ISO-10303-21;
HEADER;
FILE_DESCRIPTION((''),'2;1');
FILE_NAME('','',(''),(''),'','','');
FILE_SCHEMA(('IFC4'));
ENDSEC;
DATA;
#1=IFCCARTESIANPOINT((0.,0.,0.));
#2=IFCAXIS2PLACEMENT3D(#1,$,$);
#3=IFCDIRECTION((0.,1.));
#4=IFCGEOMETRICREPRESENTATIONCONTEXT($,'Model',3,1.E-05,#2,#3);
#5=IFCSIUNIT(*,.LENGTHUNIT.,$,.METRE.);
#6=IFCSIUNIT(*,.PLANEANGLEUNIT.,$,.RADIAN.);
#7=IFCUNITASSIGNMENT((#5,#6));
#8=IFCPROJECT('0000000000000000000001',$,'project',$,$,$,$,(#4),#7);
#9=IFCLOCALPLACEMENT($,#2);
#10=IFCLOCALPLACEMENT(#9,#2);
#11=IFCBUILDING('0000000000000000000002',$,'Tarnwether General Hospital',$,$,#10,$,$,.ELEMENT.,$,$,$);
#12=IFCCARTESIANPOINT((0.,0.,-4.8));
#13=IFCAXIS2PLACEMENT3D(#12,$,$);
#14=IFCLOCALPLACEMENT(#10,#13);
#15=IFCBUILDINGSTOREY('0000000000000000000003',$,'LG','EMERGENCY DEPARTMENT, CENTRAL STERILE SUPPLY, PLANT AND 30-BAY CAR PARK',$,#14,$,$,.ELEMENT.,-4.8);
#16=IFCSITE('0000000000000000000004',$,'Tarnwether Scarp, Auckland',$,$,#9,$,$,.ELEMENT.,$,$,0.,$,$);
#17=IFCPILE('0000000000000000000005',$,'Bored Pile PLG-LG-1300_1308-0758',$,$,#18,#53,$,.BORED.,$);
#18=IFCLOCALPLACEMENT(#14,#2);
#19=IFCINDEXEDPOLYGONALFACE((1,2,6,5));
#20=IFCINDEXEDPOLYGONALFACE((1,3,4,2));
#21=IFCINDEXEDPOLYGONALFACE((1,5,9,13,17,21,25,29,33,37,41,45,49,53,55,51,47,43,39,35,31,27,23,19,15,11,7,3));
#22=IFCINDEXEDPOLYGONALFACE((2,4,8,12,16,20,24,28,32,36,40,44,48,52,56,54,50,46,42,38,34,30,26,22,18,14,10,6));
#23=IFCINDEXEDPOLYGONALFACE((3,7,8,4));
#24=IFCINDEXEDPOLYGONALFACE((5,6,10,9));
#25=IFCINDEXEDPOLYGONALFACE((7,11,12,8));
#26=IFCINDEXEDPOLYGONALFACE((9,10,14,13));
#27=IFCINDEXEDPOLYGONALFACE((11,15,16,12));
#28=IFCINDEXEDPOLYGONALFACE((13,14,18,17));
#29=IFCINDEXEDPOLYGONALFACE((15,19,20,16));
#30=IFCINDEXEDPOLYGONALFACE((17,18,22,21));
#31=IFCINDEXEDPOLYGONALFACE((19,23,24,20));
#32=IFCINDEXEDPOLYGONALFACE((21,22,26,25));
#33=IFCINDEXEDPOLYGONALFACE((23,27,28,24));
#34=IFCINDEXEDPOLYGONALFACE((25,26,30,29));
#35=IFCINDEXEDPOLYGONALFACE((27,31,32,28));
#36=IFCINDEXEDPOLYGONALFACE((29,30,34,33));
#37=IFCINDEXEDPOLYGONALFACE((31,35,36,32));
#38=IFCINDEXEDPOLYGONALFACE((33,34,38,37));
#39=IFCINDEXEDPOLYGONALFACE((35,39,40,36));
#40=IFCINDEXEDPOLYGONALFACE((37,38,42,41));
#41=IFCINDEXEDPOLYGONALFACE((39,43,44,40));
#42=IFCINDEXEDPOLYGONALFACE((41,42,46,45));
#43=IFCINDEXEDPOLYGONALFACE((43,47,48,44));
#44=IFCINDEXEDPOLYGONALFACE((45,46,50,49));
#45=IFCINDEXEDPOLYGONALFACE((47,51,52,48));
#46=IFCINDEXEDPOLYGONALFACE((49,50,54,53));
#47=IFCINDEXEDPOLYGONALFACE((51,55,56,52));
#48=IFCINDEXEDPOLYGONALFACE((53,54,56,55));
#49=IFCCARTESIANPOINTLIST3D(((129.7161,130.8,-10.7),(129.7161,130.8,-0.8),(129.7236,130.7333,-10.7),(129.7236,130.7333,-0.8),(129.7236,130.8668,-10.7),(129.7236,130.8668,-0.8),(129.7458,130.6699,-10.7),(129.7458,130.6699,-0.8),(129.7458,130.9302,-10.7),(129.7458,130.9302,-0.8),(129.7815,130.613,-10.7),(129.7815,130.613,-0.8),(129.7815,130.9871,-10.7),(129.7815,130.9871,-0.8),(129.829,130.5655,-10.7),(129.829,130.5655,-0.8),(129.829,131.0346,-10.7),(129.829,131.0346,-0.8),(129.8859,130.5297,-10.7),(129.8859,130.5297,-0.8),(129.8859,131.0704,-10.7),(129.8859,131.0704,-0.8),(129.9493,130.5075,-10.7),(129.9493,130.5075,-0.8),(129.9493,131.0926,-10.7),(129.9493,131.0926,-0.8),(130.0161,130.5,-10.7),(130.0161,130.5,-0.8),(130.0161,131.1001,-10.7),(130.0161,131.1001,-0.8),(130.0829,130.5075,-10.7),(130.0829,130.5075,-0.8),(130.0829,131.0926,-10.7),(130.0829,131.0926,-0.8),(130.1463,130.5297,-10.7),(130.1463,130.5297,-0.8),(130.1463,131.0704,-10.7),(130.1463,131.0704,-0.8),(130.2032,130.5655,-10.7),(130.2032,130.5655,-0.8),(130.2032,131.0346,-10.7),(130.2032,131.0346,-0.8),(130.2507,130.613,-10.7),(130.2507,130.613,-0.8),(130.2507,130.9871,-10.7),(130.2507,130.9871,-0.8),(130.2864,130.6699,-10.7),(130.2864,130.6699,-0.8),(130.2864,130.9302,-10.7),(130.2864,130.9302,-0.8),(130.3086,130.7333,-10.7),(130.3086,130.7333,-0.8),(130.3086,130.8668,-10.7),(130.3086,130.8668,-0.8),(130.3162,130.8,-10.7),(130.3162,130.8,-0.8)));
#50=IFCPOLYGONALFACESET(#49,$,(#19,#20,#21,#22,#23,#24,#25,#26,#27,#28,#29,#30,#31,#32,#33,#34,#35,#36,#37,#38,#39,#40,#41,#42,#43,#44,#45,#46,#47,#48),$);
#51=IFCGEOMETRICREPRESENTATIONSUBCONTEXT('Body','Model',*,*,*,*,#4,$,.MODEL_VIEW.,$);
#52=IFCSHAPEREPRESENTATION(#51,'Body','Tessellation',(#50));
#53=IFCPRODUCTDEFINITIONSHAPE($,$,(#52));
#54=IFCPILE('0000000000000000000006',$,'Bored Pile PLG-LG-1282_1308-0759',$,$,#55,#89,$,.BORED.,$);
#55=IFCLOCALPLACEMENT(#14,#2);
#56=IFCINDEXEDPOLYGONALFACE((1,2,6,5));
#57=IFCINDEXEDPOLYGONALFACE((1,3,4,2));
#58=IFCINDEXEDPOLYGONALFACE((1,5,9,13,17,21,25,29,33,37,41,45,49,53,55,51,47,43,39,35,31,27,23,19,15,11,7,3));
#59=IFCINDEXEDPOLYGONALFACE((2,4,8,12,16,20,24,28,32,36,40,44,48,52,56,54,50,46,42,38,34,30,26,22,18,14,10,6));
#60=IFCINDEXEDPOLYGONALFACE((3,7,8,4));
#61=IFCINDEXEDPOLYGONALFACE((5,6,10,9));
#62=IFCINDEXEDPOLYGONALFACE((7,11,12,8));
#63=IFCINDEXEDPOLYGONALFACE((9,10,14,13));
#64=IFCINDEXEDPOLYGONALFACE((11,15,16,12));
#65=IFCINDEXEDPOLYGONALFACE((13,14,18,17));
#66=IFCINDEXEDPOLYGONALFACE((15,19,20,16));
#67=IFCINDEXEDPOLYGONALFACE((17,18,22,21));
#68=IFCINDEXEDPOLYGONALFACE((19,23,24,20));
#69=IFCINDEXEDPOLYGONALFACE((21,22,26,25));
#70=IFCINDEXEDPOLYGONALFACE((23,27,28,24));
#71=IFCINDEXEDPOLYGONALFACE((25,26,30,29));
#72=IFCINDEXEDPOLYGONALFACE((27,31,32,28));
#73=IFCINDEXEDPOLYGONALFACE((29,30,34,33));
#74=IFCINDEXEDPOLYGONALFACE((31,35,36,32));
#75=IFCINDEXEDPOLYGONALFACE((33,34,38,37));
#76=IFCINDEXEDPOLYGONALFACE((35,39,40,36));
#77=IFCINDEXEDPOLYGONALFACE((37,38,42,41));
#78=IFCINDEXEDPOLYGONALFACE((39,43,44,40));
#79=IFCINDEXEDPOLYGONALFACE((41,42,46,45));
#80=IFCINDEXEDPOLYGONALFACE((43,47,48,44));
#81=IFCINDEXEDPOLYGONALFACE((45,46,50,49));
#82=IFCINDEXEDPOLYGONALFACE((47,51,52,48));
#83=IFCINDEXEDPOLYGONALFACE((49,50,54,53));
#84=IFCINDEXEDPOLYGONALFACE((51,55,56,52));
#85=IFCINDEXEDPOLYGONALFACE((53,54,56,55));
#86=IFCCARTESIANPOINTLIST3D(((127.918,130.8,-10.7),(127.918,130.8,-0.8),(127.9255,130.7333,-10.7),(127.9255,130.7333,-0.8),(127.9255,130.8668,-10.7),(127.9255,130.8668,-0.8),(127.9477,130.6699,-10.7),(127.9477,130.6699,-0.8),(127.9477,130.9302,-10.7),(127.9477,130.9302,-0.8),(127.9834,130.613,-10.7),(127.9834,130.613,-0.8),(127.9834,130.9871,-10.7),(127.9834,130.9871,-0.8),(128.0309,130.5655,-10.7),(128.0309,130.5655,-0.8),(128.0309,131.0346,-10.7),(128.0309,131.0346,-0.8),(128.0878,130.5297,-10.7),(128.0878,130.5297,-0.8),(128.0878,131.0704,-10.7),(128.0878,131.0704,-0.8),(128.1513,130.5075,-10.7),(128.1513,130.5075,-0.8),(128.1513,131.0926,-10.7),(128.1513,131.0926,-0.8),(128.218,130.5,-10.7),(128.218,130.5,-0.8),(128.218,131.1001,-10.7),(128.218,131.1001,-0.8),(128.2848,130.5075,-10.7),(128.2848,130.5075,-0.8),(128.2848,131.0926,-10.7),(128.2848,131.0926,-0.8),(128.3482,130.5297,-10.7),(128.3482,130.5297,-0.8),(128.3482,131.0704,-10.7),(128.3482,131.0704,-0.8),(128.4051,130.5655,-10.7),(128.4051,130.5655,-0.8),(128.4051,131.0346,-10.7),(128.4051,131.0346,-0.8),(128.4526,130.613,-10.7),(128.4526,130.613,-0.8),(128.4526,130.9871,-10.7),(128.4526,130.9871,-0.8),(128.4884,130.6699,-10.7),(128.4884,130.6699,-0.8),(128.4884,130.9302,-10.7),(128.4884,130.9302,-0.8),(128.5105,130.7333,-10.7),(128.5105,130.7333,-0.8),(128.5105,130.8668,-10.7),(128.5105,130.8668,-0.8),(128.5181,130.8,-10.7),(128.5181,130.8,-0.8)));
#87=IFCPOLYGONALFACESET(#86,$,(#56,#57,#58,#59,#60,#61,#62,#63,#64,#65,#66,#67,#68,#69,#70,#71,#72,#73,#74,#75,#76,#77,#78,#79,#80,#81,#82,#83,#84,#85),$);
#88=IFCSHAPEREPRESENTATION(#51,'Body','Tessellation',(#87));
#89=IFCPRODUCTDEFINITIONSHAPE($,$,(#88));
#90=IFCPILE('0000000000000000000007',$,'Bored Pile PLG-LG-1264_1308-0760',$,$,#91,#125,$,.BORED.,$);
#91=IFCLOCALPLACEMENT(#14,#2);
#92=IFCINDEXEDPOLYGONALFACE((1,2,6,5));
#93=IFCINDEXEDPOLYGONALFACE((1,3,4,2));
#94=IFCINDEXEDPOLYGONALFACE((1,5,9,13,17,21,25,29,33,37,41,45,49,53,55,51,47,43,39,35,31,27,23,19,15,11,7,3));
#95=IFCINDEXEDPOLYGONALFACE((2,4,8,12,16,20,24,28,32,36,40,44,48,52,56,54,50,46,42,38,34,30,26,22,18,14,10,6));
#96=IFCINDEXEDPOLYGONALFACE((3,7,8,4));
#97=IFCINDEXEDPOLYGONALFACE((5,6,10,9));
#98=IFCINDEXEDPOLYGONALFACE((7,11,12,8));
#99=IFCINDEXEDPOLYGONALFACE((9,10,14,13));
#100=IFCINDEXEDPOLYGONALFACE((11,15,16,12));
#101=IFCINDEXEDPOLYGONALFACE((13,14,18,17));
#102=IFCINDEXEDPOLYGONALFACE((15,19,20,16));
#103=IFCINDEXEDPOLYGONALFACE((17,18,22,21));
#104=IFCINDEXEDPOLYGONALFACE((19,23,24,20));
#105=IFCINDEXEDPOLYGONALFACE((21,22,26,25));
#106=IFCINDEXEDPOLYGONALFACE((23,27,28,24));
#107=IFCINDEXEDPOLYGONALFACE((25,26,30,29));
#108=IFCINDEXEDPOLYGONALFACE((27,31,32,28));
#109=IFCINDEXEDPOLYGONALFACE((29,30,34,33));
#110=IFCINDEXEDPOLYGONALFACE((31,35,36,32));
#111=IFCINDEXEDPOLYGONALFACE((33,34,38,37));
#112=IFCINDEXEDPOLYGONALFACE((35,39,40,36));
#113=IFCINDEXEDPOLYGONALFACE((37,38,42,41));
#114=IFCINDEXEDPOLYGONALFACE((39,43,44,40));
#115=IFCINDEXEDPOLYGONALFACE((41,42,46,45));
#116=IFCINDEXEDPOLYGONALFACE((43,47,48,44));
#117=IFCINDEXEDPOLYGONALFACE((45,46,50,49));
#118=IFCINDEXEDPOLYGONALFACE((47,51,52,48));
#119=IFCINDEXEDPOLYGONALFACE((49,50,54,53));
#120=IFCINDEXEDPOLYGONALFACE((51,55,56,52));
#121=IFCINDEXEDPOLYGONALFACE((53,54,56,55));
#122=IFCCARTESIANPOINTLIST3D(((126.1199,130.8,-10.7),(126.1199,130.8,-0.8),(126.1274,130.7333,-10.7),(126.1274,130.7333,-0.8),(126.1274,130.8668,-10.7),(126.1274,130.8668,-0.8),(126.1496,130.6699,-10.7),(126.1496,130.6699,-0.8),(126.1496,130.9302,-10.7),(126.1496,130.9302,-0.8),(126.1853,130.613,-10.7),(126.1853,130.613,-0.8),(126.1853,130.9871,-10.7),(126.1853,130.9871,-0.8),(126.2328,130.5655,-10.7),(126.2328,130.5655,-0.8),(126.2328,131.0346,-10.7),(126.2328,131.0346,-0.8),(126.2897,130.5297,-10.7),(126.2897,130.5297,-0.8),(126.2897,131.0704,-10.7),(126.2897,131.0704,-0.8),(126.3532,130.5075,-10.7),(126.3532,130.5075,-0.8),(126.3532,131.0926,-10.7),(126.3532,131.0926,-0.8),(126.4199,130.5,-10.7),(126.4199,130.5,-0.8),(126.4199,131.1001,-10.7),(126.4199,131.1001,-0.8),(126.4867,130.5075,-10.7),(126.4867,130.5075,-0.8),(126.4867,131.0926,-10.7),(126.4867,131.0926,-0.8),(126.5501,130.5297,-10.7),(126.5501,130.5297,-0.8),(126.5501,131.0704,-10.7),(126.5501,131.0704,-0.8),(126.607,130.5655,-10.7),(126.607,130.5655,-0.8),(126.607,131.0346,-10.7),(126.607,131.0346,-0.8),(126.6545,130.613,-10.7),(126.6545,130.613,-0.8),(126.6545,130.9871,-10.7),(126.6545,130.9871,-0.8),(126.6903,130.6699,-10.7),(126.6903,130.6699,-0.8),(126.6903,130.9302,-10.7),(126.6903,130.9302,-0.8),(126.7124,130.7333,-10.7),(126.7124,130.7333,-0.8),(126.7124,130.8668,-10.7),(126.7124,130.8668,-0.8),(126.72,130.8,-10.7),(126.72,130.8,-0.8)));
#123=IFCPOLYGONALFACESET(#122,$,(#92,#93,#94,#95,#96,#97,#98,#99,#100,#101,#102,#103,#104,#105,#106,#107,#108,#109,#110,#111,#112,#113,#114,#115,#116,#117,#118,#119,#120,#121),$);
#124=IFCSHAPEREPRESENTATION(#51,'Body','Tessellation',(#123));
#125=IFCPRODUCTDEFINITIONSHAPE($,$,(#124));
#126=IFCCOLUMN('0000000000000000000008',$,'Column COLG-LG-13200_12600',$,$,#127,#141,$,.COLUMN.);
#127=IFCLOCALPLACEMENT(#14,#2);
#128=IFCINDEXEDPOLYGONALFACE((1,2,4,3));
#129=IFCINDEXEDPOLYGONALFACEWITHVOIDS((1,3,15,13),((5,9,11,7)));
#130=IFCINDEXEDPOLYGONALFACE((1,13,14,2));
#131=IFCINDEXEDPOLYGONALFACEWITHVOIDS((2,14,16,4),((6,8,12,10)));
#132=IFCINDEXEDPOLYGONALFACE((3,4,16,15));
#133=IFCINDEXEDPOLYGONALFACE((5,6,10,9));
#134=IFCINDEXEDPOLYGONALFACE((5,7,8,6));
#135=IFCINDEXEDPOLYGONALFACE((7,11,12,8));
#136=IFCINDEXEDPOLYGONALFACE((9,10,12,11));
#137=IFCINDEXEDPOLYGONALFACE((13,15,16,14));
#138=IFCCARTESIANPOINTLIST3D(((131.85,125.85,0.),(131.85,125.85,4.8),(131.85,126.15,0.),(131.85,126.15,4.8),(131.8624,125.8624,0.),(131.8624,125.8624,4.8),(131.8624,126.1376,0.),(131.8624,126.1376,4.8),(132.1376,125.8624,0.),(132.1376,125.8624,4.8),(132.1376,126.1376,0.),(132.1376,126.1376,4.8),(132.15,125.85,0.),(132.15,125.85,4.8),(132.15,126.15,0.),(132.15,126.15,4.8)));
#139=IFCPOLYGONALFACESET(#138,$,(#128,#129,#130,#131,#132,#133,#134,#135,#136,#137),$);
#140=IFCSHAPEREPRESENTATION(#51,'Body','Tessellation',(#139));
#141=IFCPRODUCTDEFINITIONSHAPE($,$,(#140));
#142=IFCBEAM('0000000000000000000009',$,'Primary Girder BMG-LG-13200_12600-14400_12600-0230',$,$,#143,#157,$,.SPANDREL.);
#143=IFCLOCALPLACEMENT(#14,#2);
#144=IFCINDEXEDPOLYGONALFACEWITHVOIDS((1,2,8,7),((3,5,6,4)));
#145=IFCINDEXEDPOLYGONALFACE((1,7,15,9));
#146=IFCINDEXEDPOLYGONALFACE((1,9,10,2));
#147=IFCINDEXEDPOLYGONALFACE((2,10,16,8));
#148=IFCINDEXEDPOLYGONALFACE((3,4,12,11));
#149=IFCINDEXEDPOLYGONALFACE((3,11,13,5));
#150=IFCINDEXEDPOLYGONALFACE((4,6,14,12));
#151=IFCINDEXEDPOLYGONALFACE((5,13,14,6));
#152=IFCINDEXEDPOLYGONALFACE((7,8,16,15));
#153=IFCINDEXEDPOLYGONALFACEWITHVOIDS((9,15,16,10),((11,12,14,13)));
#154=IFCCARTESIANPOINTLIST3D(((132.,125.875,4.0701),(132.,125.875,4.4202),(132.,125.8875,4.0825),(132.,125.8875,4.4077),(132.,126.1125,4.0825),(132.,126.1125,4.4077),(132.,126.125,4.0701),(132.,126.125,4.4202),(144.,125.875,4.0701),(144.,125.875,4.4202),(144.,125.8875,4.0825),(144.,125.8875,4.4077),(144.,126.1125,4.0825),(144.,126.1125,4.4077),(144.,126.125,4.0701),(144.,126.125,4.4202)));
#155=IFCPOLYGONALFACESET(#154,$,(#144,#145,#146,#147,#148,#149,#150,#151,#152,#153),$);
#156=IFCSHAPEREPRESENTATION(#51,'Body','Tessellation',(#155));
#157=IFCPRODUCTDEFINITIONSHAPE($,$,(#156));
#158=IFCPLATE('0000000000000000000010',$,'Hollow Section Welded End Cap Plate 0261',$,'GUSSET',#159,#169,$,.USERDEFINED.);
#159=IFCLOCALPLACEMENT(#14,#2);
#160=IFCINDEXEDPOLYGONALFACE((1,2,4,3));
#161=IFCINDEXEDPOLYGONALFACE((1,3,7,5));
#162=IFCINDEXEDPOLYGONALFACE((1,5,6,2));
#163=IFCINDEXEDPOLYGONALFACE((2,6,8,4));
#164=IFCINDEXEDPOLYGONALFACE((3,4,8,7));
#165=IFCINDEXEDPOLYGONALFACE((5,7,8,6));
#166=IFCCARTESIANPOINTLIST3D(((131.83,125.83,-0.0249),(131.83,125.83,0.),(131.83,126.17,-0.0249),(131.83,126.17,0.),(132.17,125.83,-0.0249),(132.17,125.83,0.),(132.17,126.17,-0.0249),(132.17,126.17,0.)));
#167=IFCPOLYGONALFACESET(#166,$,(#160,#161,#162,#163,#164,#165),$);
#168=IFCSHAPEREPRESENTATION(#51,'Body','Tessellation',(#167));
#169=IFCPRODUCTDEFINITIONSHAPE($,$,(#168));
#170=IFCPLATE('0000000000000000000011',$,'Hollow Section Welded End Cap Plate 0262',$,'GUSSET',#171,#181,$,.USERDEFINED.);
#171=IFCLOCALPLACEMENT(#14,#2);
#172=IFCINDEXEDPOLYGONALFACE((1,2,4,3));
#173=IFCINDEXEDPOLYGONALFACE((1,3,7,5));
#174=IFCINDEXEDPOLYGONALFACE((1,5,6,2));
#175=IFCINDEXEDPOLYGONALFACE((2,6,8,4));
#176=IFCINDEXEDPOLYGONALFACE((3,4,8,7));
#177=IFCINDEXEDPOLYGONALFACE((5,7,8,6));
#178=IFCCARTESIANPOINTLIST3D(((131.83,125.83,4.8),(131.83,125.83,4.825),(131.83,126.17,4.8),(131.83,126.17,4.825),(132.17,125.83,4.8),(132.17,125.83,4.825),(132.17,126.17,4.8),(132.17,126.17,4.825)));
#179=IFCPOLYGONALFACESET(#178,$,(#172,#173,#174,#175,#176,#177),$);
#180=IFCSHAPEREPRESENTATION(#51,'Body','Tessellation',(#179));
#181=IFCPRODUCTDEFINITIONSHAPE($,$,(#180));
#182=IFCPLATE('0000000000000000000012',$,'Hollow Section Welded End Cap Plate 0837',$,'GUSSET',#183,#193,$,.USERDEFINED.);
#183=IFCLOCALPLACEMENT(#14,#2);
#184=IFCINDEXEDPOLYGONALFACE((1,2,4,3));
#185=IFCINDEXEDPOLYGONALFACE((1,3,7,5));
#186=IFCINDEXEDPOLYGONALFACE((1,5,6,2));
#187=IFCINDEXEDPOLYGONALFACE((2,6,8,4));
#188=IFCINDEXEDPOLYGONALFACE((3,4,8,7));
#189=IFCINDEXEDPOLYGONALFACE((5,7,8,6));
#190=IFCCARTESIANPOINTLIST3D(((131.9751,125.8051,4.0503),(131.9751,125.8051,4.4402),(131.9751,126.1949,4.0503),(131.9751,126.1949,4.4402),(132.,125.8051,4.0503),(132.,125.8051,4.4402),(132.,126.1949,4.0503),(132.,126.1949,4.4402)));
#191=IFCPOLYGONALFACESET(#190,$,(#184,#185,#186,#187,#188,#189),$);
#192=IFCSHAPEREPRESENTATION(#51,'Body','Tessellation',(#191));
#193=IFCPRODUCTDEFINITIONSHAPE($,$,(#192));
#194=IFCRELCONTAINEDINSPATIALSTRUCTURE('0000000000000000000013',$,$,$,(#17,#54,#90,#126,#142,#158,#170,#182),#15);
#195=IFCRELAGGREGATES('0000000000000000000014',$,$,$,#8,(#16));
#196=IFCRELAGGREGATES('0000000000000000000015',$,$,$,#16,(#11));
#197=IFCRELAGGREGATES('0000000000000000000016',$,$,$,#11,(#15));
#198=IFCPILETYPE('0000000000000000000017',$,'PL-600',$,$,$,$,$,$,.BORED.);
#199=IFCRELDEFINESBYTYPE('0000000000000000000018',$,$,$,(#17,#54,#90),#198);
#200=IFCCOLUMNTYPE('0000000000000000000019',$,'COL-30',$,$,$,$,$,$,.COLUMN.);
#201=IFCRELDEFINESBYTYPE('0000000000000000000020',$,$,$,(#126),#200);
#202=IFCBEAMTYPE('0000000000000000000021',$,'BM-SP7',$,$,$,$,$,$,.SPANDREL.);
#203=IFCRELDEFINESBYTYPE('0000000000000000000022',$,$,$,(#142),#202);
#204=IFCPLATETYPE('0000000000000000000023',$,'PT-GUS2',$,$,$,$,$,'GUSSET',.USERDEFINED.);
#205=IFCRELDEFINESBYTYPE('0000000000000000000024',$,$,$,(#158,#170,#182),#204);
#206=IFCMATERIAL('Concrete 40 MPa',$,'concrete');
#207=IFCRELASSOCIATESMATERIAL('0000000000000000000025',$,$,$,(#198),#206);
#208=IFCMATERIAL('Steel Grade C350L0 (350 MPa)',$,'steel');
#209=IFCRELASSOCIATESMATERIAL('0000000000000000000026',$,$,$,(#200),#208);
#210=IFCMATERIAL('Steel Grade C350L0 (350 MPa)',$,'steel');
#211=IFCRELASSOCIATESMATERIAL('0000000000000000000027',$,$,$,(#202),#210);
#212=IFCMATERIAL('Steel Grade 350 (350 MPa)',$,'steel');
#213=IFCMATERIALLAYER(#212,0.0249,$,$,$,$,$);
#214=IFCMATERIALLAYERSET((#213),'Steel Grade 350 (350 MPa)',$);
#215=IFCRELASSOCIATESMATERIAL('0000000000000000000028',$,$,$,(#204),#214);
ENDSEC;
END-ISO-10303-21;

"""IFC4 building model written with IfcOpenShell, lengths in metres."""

from ifc_helpers import new_model, si_unit, direction, frame, origin, origin_2d, place, context, subcontext, project, spatial, rectangle, hollow_rectangle, circle, extrude, material, layer, layer_set, material_profile, profile_set, type_object, element, save


model = new_model("IFC4")

# Units and contexts
model_context = context("Model", 3, precision=1e-05, world=origin(), true_north=direction((0.0, 1.0)))
body_context = subcontext(model_context, "Body", "Model", "MODEL_VIEW")
ifc_project = project(units=[si_unit("LENGTHUNIT", "METRE"), si_unit("PLANEANGLEUNIT", "RADIAN")], contexts=[model_context])

# Site, building, storey
site_placement = place(None, origin())
site = spatial("IfcSite", under=ifc_project, at=site_placement, Name="Tarnwether Scarp, Auckland", CompositionType="ELEMENT", RefElevation=0.0)
building_placement = place(site_placement, origin())
building = spatial("IfcBuilding", under=site, at=building_placement, Name="Tarnwether General Hospital", CompositionType="ELEMENT")
storey_placement = place(building_placement, frame((0.0, 0.0, -4.8)))
storey = spatial("IfcBuildingStorey", under=building, at=storey_placement, Name="LG", Description="EMERGENCY DEPARTMENT, CENTRAL STERILE SUPPLY, PLANT AND 30-BAY CAR PARK", CompositionType="ELEMENT", Elevation=-4.8)

# Piles
ifc_material_1 = material(Name="Concrete 40 MPa", Category="concrete")
ifc_material_profile_1 = material_profile(ifc_material_1, circle(Radius=0.3, at=origin_2d()), Name="PILE-D600")
ifc_profile_set_1 = profile_set([ifc_material_profile_1], Name="Concrete 40 MPa")
pile_type_1 = type_object("IfcPileType", Name="PL-600", PredefinedType="BORED", material=ifc_profile_set_1)
for number, where, z_axis, x_axis, name in (
    (1, (130.0161, 130.8, -0.8), (0.0, 0.0, -1.0), (1.0, 0.0, 0.0), "Bored Pile PLG-LG-1300_1308-0758"),
    (2, (128.218, 130.8, -0.8), (0.0, 0.0, -1.0), (1.0, 0.0, 0.0), "Bored Pile PLG-LG-1282_1308-0759"),
    (3, (126.4199, 130.8, -0.8), (0.0, 0.0, -1.0), (1.0, 0.0, 0.0), "Bored Pile PLG-LG-1264_1308-0760"),
):
    element("IfcPile", number, at=place(storey_placement, frame(where, z_axis=z_axis, x_axis=x_axis)), inside=storey, type_object=pile_type_1, Name=name, PredefinedType="BORED", context=body_context, shape_type="SweptSolid", body=[
        extrude(circle(Radius=0.3, at=origin_2d()), origin(), (0.0, 0.0, 1.0), 9.8999),
    ])

# Column
ifc_material_2 = material(Name="Steel Grade C350L0 (350 MPa)", Category="steel")
ifc_material_profile_2 = material_profile(ifc_material_2, hollow_rectangle(XDim=0.3, YDim=0.3, WallThickness=0.0125, at=origin_2d()), Name="SHS300x300x12.5")
ifc_profile_set_2 = profile_set([ifc_material_profile_2], Name="Steel Grade C350L0 (350 MPa)")
column_type = type_object("IfcColumnType", Name="COL-30", PredefinedType="COLUMN", material=ifc_profile_set_2)
column_placement = place(storey_placement, frame((132.0, 126.0, 0.0), z_axis=(0.0, 0.0, 1.0), x_axis=(0.0, 1.0, 0.0)))
element("IfcColumn", 4, at=column_placement, inside=storey, type_object=column_type, Name="Column COLG-LG-13200_12600", PredefinedType="COLUMN", context=body_context, shape_type="SweptSolid", body=[
    extrude(hollow_rectangle(XDim=0.3, YDim=0.3, WallThickness=0.0125, at=origin_2d()), origin(), (0.0, 0.0, 1.0), 4.8),
])

# Beam
ifc_material_3 = material(Name="Steel Grade C350L0 (350 MPa)", Category="steel")
ifc_material_profile_3 = material_profile(ifc_material_3, hollow_rectangle(XDim=0.25, YDim=0.3501, WallThickness=0.0125, at=origin_2d()), Name="RHS350x250x12.5")
ifc_profile_set_3 = profile_set([ifc_material_profile_3], Name="Steel Grade C350L0 (350 MPa)")
beam_type = type_object("IfcBeamType", Name="BM-SP7", PredefinedType="SPANDREL", material=ifc_profile_set_3)
beam_placement = place(storey_placement, frame((132.0, 126.0, 4.2451), z_axis=(1.0, 0.0, 0.0), x_axis=(0.0, 1.0, 0.0)))
element("IfcBeam", 5, at=beam_placement, inside=storey, type_object=beam_type, Name="Primary Girder BMG-LG-13200_12600-14400_12600-0230", PredefinedType="SPANDREL", context=body_context, shape_type="SweptSolid", body=[
    extrude(hollow_rectangle(XDim=0.25, YDim=0.3501, WallThickness=0.0125, at=origin_2d()), origin(), (0.0, 0.0, 1.0), 12.0),
])

# Plates
ifc_material_4 = material(Name="Steel Grade 350 (350 MPa)", Category="steel")
ifc_layer = layer(ifc_material_4, 0.0249)
ifc_layer_set = layer_set([ifc_layer], Name="Steel Grade 350 (350 MPa)")
plate_type = type_object("IfcPlateType", Name="PT-GUS2", ElementType="GUSSET", PredefinedType="USERDEFINED", material=ifc_layer_set)
for number, where, z_axis, x_axis, name in (
    (6, (132.0, 126.0, -0.0249), (0.0, 0.0, 1.0), (1.0, 0.0, 0.0), "Hollow Section Welded End Cap Plate 0261"),
    (7, (132.0, 126.0, 4.8), (0.0, 0.0, 1.0), (1.0, 0.0, 0.0), "Hollow Section Welded End Cap Plate 0262"),
):
    element("IfcPlate", number, at=place(storey_placement, frame(where, z_axis=z_axis, x_axis=x_axis)), inside=storey, type_object=plate_type, Name=name, ObjectType="GUSSET", PredefinedType="USERDEFINED", context=body_context, shape_type="SweptSolid", body=[
        extrude(rectangle(XDim=0.3401, YDim=0.3401, at=origin_2d()), origin(), (0.0, 0.0, 1.0), 0.0249),
    ])
plate_1_placement = place(storey_placement, frame((131.9875, 126.0, 4.0503), z_axis=(0.0, 0.0, 1.0), x_axis=(1.0, 0.0, 0.0)))
element("IfcPlate", 8, at=plate_1_placement, inside=storey, type_object=plate_type, Name="Hollow Section Welded End Cap Plate 0837", ObjectType="GUSSET", PredefinedType="USERDEFINED", context=body_context, shape_type="SweptSolid", body=[
    extrude(rectangle(XDim=0.0249, YDim=0.3899, at=origin_2d()), origin(), (0.0, 0.0, 1.0), 0.3899),
])

save(model, "model.ifc")
